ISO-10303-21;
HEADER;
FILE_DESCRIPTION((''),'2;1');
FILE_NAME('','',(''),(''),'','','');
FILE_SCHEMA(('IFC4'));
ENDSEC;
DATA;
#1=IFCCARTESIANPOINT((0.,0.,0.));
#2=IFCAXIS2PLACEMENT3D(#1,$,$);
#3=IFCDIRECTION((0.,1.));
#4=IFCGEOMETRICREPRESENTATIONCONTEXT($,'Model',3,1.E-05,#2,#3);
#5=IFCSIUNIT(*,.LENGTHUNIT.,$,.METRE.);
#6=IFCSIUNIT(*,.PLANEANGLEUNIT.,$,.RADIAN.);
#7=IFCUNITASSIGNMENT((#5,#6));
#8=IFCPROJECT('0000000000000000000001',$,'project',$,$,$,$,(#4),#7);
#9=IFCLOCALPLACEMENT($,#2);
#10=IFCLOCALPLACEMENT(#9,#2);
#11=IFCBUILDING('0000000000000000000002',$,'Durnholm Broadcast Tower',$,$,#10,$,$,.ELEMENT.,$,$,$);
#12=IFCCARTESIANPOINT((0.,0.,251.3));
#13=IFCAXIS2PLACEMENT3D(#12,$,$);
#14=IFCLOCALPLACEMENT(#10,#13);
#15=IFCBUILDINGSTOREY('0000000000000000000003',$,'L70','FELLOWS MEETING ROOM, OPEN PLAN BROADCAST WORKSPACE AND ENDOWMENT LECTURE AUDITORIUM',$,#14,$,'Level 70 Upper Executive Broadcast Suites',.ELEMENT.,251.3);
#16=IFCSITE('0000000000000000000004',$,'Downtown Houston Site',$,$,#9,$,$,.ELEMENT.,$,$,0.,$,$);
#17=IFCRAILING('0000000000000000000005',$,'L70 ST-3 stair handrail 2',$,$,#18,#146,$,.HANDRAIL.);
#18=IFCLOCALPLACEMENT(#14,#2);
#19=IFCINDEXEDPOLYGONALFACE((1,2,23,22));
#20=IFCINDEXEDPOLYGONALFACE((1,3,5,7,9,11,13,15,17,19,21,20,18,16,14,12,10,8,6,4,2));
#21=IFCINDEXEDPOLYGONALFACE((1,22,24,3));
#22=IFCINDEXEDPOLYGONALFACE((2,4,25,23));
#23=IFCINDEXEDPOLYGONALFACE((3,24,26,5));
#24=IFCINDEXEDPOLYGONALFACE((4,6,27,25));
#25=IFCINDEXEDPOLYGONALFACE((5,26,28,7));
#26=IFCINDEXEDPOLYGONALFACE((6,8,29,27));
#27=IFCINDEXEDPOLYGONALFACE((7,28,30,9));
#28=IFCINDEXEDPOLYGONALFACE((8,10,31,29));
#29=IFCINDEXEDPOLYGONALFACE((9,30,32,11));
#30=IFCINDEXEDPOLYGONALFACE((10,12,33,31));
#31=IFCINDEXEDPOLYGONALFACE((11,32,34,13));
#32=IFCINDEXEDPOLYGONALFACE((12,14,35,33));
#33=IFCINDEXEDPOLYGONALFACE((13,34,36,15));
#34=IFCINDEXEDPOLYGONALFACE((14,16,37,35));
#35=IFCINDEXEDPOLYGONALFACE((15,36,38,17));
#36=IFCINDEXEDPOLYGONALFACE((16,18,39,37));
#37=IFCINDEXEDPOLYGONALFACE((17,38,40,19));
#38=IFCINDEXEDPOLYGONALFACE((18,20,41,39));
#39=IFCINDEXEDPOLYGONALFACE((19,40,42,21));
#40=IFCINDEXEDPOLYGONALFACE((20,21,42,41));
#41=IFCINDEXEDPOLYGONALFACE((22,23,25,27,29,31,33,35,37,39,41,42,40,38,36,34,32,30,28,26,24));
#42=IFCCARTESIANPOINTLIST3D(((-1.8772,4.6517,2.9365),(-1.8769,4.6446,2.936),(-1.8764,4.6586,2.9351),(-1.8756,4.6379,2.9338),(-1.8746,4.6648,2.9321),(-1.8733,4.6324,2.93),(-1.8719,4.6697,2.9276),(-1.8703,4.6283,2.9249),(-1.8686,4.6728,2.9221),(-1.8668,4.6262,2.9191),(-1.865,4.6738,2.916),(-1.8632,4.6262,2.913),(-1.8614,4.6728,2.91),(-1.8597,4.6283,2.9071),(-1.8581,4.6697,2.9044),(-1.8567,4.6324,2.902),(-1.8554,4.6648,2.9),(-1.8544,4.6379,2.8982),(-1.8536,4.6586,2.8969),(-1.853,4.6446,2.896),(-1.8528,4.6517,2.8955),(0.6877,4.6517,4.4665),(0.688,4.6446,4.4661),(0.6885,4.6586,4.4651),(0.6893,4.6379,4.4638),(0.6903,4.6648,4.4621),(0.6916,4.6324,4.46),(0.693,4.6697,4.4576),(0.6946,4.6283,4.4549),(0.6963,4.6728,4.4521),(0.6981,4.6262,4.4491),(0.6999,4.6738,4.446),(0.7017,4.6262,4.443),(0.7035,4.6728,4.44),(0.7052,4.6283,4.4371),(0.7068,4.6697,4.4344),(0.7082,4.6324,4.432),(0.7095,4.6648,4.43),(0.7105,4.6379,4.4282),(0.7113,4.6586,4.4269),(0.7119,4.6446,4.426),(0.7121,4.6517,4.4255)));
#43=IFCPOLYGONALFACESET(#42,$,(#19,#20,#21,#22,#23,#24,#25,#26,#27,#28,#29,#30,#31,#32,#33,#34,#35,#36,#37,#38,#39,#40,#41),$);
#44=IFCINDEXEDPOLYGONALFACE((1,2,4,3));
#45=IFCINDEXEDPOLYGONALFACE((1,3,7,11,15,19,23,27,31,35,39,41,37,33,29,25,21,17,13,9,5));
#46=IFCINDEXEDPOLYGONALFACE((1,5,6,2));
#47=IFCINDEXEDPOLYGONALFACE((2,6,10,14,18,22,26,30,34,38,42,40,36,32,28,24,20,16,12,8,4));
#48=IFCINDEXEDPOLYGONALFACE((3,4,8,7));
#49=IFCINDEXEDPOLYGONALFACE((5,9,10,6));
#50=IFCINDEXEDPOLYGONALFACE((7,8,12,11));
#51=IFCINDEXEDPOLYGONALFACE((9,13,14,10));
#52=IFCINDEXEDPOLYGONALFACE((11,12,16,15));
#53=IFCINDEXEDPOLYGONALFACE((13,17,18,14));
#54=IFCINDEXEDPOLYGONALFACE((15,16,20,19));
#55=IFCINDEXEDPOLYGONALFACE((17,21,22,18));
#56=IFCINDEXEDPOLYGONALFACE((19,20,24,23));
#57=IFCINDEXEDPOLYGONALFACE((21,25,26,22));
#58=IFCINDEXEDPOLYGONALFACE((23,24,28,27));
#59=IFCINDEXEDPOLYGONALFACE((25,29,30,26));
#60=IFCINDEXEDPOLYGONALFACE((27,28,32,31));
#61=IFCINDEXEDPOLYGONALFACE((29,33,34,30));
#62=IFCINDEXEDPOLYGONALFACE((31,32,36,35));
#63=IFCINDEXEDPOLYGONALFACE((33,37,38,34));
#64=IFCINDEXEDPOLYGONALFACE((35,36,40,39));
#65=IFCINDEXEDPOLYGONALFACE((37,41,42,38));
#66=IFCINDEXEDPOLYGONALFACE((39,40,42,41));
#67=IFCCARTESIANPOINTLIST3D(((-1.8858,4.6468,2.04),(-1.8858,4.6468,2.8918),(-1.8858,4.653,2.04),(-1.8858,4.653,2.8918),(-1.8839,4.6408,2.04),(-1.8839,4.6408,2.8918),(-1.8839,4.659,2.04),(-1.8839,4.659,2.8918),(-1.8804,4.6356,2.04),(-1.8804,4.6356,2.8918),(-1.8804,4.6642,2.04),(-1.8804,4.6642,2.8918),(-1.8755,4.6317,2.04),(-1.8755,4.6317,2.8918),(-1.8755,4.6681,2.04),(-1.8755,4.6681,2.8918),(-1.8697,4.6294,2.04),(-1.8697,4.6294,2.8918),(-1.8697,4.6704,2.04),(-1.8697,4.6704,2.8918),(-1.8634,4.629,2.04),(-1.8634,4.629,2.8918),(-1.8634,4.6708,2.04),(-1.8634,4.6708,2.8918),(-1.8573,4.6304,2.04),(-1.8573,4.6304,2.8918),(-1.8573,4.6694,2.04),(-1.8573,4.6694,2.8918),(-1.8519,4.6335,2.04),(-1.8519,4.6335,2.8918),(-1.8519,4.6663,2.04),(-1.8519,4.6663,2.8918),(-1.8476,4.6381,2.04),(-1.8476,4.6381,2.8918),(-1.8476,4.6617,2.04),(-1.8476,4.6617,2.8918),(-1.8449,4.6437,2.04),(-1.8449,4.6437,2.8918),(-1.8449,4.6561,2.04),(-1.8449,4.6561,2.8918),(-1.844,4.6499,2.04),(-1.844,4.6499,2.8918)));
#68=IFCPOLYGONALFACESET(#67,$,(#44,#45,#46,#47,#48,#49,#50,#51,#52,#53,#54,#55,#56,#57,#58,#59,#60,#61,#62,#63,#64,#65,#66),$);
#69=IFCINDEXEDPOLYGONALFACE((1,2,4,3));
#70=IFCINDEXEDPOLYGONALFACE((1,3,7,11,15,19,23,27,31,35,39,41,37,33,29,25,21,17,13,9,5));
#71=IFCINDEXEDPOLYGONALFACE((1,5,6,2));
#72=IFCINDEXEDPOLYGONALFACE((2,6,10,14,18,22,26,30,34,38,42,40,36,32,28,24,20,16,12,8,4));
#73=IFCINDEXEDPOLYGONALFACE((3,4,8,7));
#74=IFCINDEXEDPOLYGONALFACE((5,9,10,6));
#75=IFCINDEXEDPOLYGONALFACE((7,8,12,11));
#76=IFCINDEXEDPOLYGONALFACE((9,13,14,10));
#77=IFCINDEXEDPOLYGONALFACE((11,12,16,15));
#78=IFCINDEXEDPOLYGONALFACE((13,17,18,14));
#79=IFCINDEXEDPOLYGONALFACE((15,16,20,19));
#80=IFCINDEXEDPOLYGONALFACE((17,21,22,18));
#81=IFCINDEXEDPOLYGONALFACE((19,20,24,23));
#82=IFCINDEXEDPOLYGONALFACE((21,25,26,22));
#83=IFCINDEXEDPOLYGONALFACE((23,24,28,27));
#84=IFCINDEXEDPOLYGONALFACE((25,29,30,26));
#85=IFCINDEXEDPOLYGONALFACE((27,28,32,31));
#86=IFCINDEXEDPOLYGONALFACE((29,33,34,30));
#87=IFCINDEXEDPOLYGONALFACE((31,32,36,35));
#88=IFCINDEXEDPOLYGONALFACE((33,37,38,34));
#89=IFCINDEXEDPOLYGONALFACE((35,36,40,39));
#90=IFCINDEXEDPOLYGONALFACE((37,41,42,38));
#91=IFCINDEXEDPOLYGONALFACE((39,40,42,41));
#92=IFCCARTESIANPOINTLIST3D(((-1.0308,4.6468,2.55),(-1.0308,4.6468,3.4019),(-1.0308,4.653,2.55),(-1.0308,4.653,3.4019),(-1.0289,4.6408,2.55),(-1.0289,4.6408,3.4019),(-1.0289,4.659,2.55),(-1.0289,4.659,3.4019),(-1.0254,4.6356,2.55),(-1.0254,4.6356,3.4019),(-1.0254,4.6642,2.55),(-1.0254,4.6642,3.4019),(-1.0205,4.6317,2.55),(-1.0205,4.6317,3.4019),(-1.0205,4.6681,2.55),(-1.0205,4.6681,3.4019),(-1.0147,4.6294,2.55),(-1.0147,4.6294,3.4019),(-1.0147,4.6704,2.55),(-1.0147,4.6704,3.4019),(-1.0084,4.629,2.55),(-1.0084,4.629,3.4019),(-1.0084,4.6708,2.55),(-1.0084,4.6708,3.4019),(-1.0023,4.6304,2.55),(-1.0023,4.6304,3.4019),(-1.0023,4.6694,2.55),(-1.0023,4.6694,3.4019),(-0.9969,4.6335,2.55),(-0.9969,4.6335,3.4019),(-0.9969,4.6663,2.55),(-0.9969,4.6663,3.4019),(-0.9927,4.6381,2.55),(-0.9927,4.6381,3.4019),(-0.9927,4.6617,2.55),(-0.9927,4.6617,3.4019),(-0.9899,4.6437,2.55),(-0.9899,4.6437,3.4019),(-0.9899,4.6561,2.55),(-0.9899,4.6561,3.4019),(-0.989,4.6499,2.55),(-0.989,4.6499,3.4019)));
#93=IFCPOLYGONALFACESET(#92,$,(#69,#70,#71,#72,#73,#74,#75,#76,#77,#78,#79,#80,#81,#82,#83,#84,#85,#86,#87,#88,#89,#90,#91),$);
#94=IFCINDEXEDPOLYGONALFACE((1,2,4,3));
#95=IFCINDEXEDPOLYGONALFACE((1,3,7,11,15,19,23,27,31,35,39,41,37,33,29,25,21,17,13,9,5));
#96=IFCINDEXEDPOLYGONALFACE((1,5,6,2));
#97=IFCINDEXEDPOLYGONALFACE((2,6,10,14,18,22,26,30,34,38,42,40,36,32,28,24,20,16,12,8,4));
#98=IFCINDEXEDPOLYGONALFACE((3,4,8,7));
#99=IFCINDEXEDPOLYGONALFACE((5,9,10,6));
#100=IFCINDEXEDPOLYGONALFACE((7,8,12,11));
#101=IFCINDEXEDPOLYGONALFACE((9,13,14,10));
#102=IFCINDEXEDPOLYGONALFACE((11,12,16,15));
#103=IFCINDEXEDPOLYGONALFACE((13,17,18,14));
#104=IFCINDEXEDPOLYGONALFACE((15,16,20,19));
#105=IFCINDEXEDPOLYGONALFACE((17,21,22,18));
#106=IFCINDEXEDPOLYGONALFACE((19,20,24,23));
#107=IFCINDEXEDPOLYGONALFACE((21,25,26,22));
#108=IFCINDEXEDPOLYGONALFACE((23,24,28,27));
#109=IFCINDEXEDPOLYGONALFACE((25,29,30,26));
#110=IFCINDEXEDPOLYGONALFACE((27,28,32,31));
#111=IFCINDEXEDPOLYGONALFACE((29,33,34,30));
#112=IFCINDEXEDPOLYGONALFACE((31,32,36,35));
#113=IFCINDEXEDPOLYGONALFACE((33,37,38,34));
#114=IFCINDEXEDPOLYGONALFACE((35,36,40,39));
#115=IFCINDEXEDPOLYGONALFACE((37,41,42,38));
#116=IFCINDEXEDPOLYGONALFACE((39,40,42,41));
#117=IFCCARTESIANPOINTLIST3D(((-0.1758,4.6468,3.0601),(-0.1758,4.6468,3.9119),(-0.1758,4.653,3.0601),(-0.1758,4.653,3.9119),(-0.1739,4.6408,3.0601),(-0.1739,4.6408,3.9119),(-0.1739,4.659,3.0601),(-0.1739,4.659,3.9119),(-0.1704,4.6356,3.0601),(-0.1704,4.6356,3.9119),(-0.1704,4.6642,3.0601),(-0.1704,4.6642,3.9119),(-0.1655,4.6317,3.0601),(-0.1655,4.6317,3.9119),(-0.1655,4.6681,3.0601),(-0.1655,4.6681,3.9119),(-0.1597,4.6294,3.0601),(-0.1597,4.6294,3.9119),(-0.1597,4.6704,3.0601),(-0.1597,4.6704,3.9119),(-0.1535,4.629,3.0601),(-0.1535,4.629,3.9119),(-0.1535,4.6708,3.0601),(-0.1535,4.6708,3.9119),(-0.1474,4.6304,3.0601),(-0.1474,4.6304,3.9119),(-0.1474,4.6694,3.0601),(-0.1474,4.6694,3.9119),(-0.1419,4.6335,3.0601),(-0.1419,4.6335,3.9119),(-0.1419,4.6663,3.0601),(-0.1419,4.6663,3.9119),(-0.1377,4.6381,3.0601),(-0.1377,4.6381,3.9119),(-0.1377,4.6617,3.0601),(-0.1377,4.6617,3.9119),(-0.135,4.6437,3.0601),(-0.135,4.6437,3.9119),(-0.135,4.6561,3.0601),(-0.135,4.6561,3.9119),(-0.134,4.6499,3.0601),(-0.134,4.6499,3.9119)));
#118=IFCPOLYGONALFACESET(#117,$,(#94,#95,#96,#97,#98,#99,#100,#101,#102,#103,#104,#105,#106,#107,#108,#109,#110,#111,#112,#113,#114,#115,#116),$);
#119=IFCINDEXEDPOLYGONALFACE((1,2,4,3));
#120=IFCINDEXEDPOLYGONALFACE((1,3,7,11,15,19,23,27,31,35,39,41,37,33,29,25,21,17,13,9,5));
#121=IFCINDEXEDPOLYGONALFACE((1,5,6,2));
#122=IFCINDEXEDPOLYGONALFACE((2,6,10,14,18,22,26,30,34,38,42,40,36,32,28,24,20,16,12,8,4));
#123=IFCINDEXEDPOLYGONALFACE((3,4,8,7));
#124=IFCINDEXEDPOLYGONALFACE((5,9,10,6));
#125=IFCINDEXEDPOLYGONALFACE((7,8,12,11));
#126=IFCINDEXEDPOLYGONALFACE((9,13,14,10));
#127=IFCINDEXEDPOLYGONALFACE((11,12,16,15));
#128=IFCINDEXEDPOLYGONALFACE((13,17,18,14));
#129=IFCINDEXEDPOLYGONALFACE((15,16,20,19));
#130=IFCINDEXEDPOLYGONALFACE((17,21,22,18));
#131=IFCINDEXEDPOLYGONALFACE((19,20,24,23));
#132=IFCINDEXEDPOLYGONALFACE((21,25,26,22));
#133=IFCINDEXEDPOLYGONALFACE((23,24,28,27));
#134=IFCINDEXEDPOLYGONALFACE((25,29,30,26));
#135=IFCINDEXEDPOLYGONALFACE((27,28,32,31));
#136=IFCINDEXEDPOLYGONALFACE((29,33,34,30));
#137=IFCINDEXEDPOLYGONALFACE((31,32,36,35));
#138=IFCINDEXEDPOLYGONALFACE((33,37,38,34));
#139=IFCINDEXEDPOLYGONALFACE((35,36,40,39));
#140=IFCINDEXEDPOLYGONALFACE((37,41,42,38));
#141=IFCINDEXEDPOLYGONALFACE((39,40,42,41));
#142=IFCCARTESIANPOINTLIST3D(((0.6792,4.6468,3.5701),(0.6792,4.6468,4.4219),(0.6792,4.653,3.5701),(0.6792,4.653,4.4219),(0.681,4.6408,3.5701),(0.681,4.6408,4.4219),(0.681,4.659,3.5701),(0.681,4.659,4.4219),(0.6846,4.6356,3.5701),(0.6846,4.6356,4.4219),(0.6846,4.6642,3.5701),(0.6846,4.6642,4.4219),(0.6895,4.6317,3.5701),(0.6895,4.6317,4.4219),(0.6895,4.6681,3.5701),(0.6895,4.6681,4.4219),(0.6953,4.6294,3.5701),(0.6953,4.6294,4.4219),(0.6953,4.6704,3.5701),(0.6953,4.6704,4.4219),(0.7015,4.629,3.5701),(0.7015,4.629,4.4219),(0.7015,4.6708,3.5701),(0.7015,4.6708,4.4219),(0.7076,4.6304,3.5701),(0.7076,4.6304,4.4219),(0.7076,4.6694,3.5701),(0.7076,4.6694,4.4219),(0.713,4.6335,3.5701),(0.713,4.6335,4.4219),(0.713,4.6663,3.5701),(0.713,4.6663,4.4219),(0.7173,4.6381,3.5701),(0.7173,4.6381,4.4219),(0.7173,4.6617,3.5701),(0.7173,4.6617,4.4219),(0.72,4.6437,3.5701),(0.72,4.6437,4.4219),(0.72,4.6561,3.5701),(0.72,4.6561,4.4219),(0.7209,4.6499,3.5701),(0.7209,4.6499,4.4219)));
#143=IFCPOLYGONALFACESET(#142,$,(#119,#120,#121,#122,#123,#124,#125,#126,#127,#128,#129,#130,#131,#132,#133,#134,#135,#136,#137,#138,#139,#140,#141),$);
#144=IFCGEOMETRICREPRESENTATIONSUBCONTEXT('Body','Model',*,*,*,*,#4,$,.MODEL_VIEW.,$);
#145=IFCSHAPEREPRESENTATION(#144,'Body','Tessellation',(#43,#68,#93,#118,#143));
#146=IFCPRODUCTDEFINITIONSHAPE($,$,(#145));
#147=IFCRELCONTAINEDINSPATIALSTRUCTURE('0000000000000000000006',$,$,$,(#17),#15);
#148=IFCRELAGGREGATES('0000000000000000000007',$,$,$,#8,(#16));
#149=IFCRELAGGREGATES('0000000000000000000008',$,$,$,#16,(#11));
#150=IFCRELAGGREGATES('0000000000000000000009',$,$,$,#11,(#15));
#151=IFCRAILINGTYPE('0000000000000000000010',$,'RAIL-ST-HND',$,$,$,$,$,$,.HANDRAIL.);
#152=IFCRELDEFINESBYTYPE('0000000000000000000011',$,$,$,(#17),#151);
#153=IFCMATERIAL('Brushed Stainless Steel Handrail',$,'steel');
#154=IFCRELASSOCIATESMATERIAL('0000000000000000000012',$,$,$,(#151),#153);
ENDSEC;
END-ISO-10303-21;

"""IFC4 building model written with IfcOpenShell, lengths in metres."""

from ifc_helpers import new_model, si_unit, direction, frame, origin, origin_2d, place, context, subcontext, project, spatial, circle, extrude, material, type_object, element, save


model = new_model("IFC4")

# Units and contexts
model_context = context("Model", 3, precision=1e-05, world=origin(), true_north=direction((0.0, 1.0)))
body_context = subcontext(model_context, "Body", "Model", "MODEL_VIEW")
ifc_project = project(units=[si_unit("LENGTHUNIT", "METRE"), si_unit("PLANEANGLEUNIT", "RADIAN")], contexts=[model_context])

# Site, building, storey
site_placement = place(None, origin())
site = spatial("IfcSite", under=ifc_project, at=site_placement, Name="Downtown Houston Site", CompositionType="ELEMENT", RefElevation=0.0)
building_placement = place(site_placement, origin())
building = spatial("IfcBuilding", under=site, at=building_placement, Name="Durnholm Broadcast Tower", CompositionType="ELEMENT")
storey_placement = place(building_placement, frame((0.0, 0.0, 251.3)))
storey = spatial("IfcBuildingStorey", under=building, at=storey_placement, Name="L70", Description="FELLOWS MEETING ROOM, OPEN PLAN BROADCAST WORKSPACE AND ENDOWMENT LECTURE AUDITORIUM", LongName="Level 70 Upper Executive Broadcast Suites", CompositionType="ELEMENT", Elevation=251.3)

# Railing
ifc_material_1 = material(Name="Brushed Stainless Steel Handrail", Category="steel")
railing_type_1 = type_object("IfcRailingType", Name="RAIL-ST-HND", PredefinedType="HANDRAIL", material=ifc_material_1)
railing_1_placement = place(storey_placement, frame((-1.865, 4.6499, 2.04)))
element("IfcRailing", 1, at=railing_1_placement, inside=storey, type_object=railing_type_1, Name="L70 ST-3 stair handrail 2", PredefinedType="HANDRAIL", context=body_context, shape_type="SweptSolid", body=[
    extrude(circle(Radius=0.0239, at=origin_2d()), frame((0.0, 0.0, 0.876), z_axis=(0.85881, 0.0, 0.512294), x_axis=(0.0, 1.0, 0.0)), (0.0, 0.0, 1.0), 2.9866),
    extrude(circle(Radius=0.021, at=origin_2d()), origin(), (0.0, 0.0, 1.0), 0.8518),
    extrude(circle(Radius=0.021, at=origin_2d()), frame((0.855, 0.0, 0.51)), (0.0, 0.0, 1.0), 0.8518),
    extrude(circle(Radius=0.021, at=origin_2d()), frame((1.71, 0.0, 1.02)), (0.0, 0.0, 1.0), 0.8518),
    extrude(circle(Radius=0.021, at=origin_2d()), frame((2.5649, 0.0, 1.53)), (0.0, 0.0, 1.0), 0.8518),
])

save(model, "model.ifc")
